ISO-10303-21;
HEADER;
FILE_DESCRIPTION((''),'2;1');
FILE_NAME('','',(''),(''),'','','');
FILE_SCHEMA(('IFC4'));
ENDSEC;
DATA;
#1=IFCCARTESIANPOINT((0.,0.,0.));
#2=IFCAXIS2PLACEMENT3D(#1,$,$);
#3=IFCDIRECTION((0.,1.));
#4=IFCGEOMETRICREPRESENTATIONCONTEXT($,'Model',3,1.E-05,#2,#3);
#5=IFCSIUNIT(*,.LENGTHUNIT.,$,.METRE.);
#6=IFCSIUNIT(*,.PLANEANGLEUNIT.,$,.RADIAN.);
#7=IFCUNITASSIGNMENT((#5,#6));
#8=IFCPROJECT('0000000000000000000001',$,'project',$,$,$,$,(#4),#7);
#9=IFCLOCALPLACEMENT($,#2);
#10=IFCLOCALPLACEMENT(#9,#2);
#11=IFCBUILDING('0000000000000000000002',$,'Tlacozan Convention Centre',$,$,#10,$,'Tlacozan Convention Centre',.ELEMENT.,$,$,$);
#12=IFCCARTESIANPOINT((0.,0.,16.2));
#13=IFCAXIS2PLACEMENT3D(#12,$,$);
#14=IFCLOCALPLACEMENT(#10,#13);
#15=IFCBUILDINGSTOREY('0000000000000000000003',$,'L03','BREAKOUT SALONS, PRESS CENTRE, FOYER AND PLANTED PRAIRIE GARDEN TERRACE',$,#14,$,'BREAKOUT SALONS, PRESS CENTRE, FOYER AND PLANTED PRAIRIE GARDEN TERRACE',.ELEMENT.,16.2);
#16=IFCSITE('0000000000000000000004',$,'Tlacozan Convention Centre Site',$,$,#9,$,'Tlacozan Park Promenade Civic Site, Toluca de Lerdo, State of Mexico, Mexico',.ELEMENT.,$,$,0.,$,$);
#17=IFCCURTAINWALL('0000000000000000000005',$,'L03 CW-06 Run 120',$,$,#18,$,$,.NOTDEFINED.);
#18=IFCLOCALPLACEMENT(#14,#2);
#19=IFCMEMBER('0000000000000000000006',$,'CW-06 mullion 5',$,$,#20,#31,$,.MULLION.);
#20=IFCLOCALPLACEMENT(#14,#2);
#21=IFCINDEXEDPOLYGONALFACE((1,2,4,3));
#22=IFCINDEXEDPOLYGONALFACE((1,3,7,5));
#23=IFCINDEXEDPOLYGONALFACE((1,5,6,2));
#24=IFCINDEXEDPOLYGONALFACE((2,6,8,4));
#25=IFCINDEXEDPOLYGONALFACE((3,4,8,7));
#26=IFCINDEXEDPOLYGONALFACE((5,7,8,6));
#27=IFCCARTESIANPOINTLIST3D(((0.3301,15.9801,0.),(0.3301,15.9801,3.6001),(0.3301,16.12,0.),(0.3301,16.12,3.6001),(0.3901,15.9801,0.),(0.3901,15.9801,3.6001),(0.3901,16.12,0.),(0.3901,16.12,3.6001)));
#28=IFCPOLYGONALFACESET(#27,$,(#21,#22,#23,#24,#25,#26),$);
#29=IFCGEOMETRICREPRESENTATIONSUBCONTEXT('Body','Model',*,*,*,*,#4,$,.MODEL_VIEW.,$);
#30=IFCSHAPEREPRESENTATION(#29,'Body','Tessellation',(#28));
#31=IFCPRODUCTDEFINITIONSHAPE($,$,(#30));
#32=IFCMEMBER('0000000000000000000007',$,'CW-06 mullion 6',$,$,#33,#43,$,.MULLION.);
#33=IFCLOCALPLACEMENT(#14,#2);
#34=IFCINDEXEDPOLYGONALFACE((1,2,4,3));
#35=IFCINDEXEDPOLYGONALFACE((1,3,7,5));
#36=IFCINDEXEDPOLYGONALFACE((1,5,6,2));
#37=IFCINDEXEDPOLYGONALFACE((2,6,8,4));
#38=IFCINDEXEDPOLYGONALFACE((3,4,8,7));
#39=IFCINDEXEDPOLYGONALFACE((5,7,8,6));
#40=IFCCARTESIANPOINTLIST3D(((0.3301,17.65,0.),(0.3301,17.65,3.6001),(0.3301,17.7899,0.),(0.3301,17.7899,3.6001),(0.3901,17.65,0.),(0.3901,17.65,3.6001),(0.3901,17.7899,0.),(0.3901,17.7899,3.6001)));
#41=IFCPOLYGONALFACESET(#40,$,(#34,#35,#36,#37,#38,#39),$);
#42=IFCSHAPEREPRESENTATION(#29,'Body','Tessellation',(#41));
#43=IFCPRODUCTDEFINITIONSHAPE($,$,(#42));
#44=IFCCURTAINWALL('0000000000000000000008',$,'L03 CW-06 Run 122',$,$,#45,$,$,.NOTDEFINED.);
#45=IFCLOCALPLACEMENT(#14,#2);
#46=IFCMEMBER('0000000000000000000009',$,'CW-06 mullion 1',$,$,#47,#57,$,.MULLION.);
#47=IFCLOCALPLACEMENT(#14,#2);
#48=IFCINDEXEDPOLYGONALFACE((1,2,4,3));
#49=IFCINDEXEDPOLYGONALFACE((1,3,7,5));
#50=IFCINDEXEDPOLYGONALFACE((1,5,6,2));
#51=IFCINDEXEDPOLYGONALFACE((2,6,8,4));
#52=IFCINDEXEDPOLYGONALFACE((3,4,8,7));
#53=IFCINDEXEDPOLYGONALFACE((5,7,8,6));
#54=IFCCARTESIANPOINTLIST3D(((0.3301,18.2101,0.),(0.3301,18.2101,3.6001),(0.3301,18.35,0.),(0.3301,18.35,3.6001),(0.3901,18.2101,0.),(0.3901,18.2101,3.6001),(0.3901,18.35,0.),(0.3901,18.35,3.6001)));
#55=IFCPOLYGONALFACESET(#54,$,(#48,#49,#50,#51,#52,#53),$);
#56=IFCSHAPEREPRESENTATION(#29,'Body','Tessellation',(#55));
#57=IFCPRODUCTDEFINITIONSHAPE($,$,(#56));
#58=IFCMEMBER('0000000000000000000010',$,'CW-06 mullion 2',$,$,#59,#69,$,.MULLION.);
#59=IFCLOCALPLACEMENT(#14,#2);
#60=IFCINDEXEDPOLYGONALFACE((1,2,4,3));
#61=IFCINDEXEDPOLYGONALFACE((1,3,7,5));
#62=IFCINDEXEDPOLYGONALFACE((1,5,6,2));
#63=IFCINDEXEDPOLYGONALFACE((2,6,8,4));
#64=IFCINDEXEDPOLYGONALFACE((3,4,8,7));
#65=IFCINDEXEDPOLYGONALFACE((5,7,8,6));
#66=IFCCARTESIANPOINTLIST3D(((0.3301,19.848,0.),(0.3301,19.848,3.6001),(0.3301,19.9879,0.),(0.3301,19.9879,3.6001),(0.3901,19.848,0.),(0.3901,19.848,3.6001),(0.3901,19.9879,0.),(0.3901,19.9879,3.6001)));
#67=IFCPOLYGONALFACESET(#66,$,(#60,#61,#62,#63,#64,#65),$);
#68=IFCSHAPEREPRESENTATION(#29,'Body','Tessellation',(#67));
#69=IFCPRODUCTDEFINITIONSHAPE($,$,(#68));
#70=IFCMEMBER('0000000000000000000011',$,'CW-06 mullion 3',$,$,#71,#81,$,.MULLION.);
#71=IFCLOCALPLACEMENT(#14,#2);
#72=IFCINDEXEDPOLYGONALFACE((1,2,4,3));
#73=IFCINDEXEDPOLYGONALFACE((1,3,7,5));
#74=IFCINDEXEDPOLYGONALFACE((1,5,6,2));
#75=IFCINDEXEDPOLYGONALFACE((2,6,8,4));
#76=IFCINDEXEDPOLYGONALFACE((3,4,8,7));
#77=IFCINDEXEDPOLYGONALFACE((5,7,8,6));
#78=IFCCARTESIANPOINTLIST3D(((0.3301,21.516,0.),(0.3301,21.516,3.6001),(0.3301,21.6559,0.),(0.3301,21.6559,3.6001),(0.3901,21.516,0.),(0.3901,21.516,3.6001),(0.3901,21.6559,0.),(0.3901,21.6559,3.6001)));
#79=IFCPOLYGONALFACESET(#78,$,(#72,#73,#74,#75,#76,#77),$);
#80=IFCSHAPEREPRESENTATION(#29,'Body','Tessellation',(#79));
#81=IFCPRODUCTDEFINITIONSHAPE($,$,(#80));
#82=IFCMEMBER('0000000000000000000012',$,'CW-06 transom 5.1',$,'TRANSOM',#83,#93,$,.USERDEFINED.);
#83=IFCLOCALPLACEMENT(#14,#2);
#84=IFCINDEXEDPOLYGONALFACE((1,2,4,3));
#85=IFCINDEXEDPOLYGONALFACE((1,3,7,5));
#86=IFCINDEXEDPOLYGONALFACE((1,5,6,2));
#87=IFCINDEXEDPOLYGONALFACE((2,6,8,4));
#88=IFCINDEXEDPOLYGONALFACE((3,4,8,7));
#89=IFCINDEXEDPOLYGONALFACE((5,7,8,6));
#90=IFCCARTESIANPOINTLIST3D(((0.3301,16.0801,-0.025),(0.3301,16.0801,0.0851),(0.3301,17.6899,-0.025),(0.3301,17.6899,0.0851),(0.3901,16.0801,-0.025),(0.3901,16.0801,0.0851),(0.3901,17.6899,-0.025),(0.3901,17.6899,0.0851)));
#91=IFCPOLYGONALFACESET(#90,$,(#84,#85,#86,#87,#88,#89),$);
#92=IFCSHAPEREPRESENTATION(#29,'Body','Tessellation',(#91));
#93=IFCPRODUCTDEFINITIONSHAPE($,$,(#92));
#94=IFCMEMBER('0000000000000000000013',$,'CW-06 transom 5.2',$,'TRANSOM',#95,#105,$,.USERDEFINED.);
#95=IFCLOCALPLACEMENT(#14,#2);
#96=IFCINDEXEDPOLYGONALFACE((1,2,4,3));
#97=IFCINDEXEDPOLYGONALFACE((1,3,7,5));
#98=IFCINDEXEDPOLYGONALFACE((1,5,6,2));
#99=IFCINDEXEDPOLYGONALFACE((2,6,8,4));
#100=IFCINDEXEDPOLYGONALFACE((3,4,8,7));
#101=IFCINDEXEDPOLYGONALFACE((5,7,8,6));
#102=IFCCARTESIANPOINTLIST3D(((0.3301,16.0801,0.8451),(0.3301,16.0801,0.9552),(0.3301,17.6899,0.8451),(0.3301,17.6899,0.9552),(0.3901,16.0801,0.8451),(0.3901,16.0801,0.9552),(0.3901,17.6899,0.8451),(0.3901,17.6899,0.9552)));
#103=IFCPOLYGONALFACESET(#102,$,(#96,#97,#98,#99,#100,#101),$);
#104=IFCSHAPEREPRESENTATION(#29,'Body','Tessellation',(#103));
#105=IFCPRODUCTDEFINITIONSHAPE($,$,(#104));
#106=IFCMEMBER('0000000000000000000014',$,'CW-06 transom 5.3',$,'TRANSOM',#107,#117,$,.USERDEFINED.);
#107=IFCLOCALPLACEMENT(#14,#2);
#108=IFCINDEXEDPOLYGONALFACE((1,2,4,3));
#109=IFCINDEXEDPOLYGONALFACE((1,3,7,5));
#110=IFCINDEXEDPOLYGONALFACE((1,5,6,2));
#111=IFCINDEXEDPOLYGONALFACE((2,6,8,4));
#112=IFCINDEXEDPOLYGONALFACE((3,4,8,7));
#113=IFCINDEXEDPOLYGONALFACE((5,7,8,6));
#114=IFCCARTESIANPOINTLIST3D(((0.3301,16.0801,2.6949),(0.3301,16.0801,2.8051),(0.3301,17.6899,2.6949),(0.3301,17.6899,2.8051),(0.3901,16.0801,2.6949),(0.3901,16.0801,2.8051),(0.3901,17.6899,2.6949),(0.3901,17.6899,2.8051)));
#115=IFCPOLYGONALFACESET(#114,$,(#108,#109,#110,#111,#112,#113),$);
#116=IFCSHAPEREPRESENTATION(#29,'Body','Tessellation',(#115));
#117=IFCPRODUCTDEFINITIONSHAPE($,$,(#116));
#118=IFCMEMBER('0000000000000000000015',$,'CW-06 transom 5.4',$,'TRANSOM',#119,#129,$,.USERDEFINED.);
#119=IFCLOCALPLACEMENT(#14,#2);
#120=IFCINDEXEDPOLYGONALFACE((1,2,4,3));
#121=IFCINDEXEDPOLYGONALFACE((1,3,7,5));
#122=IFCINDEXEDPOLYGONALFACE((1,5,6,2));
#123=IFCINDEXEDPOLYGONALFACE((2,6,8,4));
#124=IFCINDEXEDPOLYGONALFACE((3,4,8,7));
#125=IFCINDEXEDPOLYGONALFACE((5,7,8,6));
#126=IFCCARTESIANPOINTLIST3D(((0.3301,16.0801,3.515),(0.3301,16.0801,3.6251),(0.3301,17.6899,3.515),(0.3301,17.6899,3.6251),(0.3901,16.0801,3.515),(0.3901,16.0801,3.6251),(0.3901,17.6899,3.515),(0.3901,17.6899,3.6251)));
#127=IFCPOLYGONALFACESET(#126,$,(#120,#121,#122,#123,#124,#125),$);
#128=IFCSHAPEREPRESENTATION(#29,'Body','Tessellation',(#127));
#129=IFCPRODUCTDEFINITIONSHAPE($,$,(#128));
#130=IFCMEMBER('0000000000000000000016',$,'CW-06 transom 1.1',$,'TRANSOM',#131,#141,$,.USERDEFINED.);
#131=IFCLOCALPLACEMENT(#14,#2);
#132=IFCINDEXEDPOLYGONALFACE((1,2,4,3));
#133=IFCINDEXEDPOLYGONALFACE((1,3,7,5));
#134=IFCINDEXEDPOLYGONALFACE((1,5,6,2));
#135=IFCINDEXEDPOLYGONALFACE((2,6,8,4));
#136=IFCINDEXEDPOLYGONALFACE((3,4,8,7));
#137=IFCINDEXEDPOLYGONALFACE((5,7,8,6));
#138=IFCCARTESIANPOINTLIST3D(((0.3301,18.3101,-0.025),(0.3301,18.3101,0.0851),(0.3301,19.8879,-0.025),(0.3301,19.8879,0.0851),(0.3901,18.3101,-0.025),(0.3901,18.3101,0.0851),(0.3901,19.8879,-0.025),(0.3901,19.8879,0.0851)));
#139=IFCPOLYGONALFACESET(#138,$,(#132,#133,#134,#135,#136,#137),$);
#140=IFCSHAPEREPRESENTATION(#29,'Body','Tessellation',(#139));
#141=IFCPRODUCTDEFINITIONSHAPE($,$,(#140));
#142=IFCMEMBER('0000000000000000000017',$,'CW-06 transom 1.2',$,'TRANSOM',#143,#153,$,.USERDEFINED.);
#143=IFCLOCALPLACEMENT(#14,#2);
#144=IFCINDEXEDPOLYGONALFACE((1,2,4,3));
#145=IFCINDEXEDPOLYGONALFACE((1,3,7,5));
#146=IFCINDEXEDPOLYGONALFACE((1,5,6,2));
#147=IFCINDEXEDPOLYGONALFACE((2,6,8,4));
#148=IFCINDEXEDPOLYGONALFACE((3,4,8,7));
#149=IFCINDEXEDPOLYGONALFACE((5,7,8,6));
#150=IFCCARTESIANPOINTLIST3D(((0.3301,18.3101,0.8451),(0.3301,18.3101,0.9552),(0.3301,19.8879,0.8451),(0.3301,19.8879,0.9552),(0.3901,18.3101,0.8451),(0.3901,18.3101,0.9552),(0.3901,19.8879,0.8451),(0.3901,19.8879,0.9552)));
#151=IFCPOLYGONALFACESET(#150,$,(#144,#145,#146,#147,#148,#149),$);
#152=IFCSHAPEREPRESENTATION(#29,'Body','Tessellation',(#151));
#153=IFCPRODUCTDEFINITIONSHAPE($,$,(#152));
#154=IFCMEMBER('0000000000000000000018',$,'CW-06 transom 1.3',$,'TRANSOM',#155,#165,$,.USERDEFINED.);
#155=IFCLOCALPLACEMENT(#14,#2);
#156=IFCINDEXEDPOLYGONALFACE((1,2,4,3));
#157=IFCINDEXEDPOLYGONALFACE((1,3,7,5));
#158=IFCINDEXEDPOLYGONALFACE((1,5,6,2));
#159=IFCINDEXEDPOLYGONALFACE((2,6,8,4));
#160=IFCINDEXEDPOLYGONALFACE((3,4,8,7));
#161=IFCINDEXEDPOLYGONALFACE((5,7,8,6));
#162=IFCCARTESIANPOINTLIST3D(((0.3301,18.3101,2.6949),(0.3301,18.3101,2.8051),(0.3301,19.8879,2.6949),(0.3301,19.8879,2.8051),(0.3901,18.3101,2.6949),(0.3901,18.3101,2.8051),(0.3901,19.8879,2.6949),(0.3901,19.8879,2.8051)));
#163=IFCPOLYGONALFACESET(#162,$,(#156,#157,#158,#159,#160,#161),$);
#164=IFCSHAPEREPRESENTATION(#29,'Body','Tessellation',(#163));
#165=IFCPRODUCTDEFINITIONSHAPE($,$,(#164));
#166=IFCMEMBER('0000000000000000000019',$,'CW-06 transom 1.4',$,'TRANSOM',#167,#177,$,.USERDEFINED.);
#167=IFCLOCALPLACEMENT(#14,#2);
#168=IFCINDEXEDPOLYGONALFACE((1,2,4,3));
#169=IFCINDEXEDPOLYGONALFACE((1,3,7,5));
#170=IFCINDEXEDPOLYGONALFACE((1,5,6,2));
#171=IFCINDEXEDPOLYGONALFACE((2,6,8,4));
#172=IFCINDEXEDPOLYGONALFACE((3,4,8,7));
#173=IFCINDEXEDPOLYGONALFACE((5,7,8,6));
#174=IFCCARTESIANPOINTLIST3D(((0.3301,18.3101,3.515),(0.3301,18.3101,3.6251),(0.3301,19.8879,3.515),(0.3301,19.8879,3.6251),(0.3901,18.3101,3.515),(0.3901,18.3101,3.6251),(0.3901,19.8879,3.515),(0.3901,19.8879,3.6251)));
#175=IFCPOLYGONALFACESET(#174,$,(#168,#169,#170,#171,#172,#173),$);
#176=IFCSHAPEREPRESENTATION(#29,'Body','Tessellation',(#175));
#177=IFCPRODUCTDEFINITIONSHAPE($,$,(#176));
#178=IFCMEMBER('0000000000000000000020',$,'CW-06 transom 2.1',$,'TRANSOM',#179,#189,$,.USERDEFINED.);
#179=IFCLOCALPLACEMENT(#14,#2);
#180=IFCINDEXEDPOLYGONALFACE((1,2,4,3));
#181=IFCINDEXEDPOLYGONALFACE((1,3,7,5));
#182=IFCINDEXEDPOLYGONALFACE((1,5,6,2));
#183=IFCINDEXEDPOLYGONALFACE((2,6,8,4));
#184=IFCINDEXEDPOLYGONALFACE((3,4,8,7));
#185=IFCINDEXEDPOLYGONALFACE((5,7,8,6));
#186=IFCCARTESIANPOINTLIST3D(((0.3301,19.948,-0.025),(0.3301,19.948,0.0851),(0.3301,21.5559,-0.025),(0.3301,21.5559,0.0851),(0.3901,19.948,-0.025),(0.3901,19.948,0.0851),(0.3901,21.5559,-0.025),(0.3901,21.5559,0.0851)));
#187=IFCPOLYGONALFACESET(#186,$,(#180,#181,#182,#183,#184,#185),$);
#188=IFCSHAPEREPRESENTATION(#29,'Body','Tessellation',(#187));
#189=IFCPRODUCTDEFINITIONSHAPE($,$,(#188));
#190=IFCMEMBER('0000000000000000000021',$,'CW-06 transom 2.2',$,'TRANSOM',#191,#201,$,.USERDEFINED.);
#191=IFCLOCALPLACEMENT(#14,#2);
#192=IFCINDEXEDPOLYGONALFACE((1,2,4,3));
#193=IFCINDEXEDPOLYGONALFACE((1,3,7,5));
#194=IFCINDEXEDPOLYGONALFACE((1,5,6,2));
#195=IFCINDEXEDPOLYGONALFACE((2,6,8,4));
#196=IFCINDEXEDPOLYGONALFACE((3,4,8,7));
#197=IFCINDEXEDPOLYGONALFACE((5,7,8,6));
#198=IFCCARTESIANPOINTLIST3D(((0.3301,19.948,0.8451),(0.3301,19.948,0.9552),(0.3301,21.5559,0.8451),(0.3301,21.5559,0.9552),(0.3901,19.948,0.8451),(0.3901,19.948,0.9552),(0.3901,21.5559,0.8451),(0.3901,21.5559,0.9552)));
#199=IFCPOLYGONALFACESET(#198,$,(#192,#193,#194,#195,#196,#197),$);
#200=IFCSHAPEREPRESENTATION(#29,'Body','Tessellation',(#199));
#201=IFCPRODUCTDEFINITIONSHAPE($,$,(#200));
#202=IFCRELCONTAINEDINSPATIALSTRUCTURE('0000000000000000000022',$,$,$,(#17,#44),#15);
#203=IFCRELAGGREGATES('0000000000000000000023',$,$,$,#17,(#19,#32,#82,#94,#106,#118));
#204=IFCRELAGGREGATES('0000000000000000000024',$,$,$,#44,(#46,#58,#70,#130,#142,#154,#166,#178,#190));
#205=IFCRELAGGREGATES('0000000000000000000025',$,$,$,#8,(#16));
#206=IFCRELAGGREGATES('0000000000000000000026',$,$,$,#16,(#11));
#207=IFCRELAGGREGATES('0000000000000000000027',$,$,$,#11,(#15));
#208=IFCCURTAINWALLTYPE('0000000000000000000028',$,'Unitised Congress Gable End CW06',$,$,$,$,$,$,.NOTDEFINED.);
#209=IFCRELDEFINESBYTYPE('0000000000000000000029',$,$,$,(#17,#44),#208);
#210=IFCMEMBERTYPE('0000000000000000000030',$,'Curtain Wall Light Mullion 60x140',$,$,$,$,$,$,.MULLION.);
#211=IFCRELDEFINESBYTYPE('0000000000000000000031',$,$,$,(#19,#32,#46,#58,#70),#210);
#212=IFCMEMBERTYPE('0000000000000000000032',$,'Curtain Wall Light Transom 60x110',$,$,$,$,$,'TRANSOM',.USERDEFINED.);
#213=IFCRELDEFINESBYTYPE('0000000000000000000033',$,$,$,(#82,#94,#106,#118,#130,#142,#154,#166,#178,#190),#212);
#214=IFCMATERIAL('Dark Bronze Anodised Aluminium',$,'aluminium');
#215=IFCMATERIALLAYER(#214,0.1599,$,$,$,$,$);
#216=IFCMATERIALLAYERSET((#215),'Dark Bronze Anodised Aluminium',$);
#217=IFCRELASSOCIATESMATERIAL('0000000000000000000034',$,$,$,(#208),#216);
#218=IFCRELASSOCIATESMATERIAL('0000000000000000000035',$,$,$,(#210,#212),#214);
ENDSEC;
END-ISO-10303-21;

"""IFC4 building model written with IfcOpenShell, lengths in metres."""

from ifc_helpers import new_model, si_unit, direction, frame, origin, origin_2d, place, context, subcontext, project, spatial, rectangle, extrude, material, layer, layer_set, material_profile, profile_set, type_object, element, aggregate, save


model = new_model("IFC4")

# Units and contexts
model_context = context("Model", 3, precision=1e-05, world=origin(), true_north=direction((0.0, 1.0)))
body_context = subcontext(model_context, "Body", "Model", "MODEL_VIEW")
ifc_project = project(units=[si_unit("LENGTHUNIT", "METRE"), si_unit("PLANEANGLEUNIT", "RADIAN")], contexts=[model_context])

# Site, building, storey
site_placement = place(None, origin())
site = spatial("IfcSite", under=ifc_project, at=site_placement, Name="Tlacozan Convention Centre Site", LongName="Tlacozan Park Promenade Civic Site, Toluca de Lerdo, State of Mexico, Mexico", CompositionType="ELEMENT", RefElevation=0.0)
building_placement = place(site_placement, origin())
building = spatial("IfcBuilding", under=site, at=building_placement, Name="Tlacozan Convention Centre", LongName="Tlacozan Convention Centre", CompositionType="ELEMENT")
storey_placement = place(building_placement, frame((0.0, 0.0, 16.2)))
storey = spatial("IfcBuildingStorey", under=building, at=storey_placement, Name="L03", Description="BREAKOUT SALONS, PRESS CENTRE, FOYER AND PLANTED PRAIRIE GARDEN TERRACE", LongName="BREAKOUT SALONS, PRESS CENTRE, FOYER AND PLANTED PRAIRIE GARDEN TERRACE", CompositionType="ELEMENT", Elevation=16.2)

# Curtain walls, members
ifc_material_1 = material(Name="Dark Bronze Anodised Aluminium", Category="aluminium")
ifc_layer_1 = layer(ifc_material_1, 0.1599)
ifc_layer_set_1 = layer_set([ifc_layer_1], Name="Dark Bronze Anodised Aluminium")
curtain_wall_type = type_object("IfcCurtainWallType", Name="Unitised Congress Gable End CW06", PredefinedType="NOTDEFINED", material=ifc_layer_set_1)
curtain_wall_1_placement = place(storey_placement, origin())
curtain_wall_1 = element("IfcCurtainWall", 1, at=curtain_wall_1_placement, inside=storey, type_object=curtain_wall_type, Name="L03 CW-06 Run 120", PredefinedType="NOTDEFINED")
ifc_material_profile_1 = material_profile(ifc_material_1, rectangle(XDim=0.0601, YDim=0.1399, at=origin_2d()), Name="ALU 60x140")
ifc_profile_set_1 = profile_set([ifc_material_profile_1], Name="Dark Bronze Anodised Aluminium")
member_type_1 = type_object("IfcMemberType", Name="Curtain Wall Light Mullion 60x140", PredefinedType="MULLION", material=ifc_profile_set_1)
member_1_placement = place(storey_placement, frame((0.3601, 16.05, 0.0), z_axis=(0.0, 0.0, 1.0), x_axis=(-1.0, 0.0, 0.0)))
member_1 = element("IfcMember", 2, at=member_1_placement, type_object=member_type_1, Name="CW-06 mullion 5", PredefinedType="MULLION", context=body_context, shape_type="SweptSolid", body=[
    extrude(rectangle(XDim=0.0601, YDim=0.1399, at=origin_2d()), origin(), (0.0, 0.0, 1.0), 3.6001),
])
member_2_placement = place(storey_placement, frame((0.3601, 17.72, 0.0), z_axis=(0.0, 0.0, 1.0), x_axis=(-1.0, 0.0, 0.0)))
member_2 = element("IfcMember", 3, at=member_2_placement, type_object=member_type_1, Name="CW-06 mullion 6", PredefinedType="MULLION", context=body_context, shape_type="SweptSolid", body=[
    extrude(rectangle(XDim=0.0601, YDim=0.1399, at=origin_2d()), origin(), (0.0, 0.0, 1.0), 3.6001),
])
curtain_wall_2_placement = place(storey_placement, origin())
curtain_wall_2 = element("IfcCurtainWall", 4, at=curtain_wall_2_placement, inside=storey, type_object=curtain_wall_type, Name="L03 CW-06 Run 122", PredefinedType="NOTDEFINED")
member_3_placement = place(storey_placement, frame((0.3601, 18.28, 0.0), z_axis=(0.0, 0.0, 1.0), x_axis=(-1.0, 0.0, 0.0)))
member_3 = element("IfcMember", 5, at=member_3_placement, type_object=member_type_1, Name="CW-06 mullion 1", PredefinedType="MULLION", context=body_context, shape_type="SweptSolid", body=[
    extrude(rectangle(XDim=0.0601, YDim=0.1399, at=origin_2d()), origin(), (0.0, 0.0, 1.0), 3.6001),
])
member_4_placement = place(storey_placement, frame((0.3601, 19.918, 0.0), z_axis=(0.0, 0.0, 1.0), x_axis=(-1.0, 0.0, 0.0)))
member_4 = element("IfcMember", 6, at=member_4_placement, type_object=member_type_1, Name="CW-06 mullion 2", PredefinedType="MULLION", context=body_context, shape_type="SweptSolid", body=[
    extrude(rectangle(XDim=0.0601, YDim=0.1399, at=origin_2d()), origin(), (0.0, 0.0, 1.0), 3.6001),
])
member_5_placement = place(storey_placement, frame((0.3601, 21.5859, 0.0), z_axis=(0.0, 0.0, 1.0), x_axis=(-1.0, 0.0, 0.0)))
member_5 = element("IfcMember", 7, at=member_5_placement, type_object=member_type_1, Name="CW-06 mullion 3", PredefinedType="MULLION", context=body_context, shape_type="SweptSolid", body=[
    extrude(rectangle(XDim=0.0601, YDim=0.1399, at=origin_2d()), origin(), (0.0, 0.0, 1.0), 3.6001),
])

# Members
ifc_material_profile_2 = material_profile(ifc_material_1, rectangle(XDim=0.0601, YDim=0.1101, at=origin_2d()), Name="ALU 60x110")
ifc_profile_set_2 = profile_set([ifc_material_profile_2], Name="Dark Bronze Anodised Aluminium")
member_type_2 = type_object("IfcMemberType", Name="Curtain Wall Light Transom 60x110", ElementType="TRANSOM", PredefinedType="USERDEFINED", material=ifc_profile_set_2)
member_6_placement = place(storey_placement, frame((0.3601, 16.0801, 0.03), z_axis=(0.0, 1.0, 0.0), x_axis=(-1.0, 0.0, 0.0)))
member_6 = element("IfcMember", 8, at=member_6_placement, type_object=member_type_2, Name="CW-06 transom 5.1", ObjectType="TRANSOM", PredefinedType="USERDEFINED", context=body_context, shape_type="SweptSolid", body=[
    extrude(rectangle(XDim=0.0601, YDim=0.1101, at=origin_2d()), origin(), (0.0, 0.0, 1.0), 1.6099),
])
member_7_placement = place(storey_placement, frame((0.3601, 16.0801, 0.9001), z_axis=(0.0, 1.0, 0.0), x_axis=(-1.0, 0.0, 0.0)))
member_7 = element("IfcMember", 9, at=member_7_placement, type_object=member_type_2, Name="CW-06 transom 5.2", ObjectType="TRANSOM", PredefinedType="USERDEFINED", context=body_context, shape_type="SweptSolid", body=[
    extrude(rectangle(XDim=0.0601, YDim=0.1101, at=origin_2d()), origin(), (0.0, 0.0, 1.0), 1.6099),
])
member_8_placement = place(storey_placement, frame((0.3601, 16.0801, 2.75), z_axis=(0.0, 1.0, 0.0), x_axis=(-1.0, 0.0, 0.0)))
member_8 = element("IfcMember", 10, at=member_8_placement, type_object=member_type_2, Name="CW-06 transom 5.3", ObjectType="TRANSOM", PredefinedType="USERDEFINED", context=body_context, shape_type="SweptSolid", body=[
    extrude(rectangle(XDim=0.0601, YDim=0.1101, at=origin_2d()), origin(), (0.0, 0.0, 1.0), 1.6099),
])
member_9_placement = place(storey_placement, frame((0.3601, 16.0801, 3.5701), z_axis=(0.0, 1.0, 0.0), x_axis=(-1.0, 0.0, 0.0)))
member_9 = element("IfcMember", 11, at=member_9_placement, type_object=member_type_2, Name="CW-06 transom 5.4", ObjectType="TRANSOM", PredefinedType="USERDEFINED", context=body_context, shape_type="SweptSolid", body=[
    extrude(rectangle(XDim=0.0601, YDim=0.1101, at=origin_2d()), origin(), (0.0, 0.0, 1.0), 1.6099),
])
member_10_placement = place(storey_placement, frame((0.3601, 18.3101, 0.03), z_axis=(0.0, 1.0, 0.0), x_axis=(-1.0, 0.0, 0.0)))
member_10 = element("IfcMember", 12, at=member_10_placement, type_object=member_type_2, Name="CW-06 transom 1.1", ObjectType="TRANSOM", PredefinedType="USERDEFINED", context=body_context, shape_type="SweptSolid", body=[
    extrude(rectangle(XDim=0.0601, YDim=0.1101, at=origin_2d()), origin(), (0.0, 0.0, 1.0), 1.5779),
])
member_11_placement = place(storey_placement, frame((0.3601, 18.3101, 0.9001), z_axis=(0.0, 1.0, 0.0), x_axis=(-1.0, 0.0, 0.0)))
member_11 = element("IfcMember", 13, at=member_11_placement, type_object=member_type_2, Name="CW-06 transom 1.2", ObjectType="TRANSOM", PredefinedType="USERDEFINED", context=body_context, shape_type="SweptSolid", body=[
    extrude(rectangle(XDim=0.0601, YDim=0.1101, at=origin_2d()), origin(), (0.0, 0.0, 1.0), 1.5779),
])
member_12_placement = place(storey_placement, frame((0.3601, 18.3101, 2.75), z_axis=(0.0, 1.0, 0.0), x_axis=(-1.0, 0.0, 0.0)))
member_12 = element("IfcMember", 14, at=member_12_placement, type_object=member_type_2, Name="CW-06 transom 1.3", ObjectType="TRANSOM", PredefinedType="USERDEFINED", context=body_context, shape_type="SweptSolid", body=[
    extrude(rectangle(XDim=0.0601, YDim=0.1101, at=origin_2d()), origin(), (0.0, 0.0, 1.0), 1.5779),
])
member_13_placement = place(storey_placement, frame((0.3601, 18.3101, 3.5701), z_axis=(0.0, 1.0, 0.0), x_axis=(-1.0, 0.0, 0.0)))
member_13 = element("IfcMember", 15, at=member_13_placement, type_object=member_type_2, Name="CW-06 transom 1.4", ObjectType="TRANSOM", PredefinedType="USERDEFINED", context=body_context, shape_type="SweptSolid", body=[
    extrude(rectangle(XDim=0.0601, YDim=0.1101, at=origin_2d()), origin(), (0.0, 0.0, 1.0), 1.5779),
])
member_14_placement = place(storey_placement, frame((0.3601, 19.948, 0.03), z_axis=(0.0, 1.0, 0.0), x_axis=(-1.0, 0.0, 0.0)))
member_14 = element("IfcMember", 16, at=member_14_placement, type_object=member_type_2, Name="CW-06 transom 2.1", ObjectType="TRANSOM", PredefinedType="USERDEFINED", context=body_context, shape_type="SweptSolid", body=[
    extrude(rectangle(XDim=0.0601, YDim=0.1101, at=origin_2d()), origin(), (0.0, 0.0, 1.0), 1.6079),
])
member_15_placement = place(storey_placement, frame((0.3601, 19.948, 0.9001), z_axis=(0.0, 1.0, 0.0), x_axis=(-1.0, 0.0, 0.0)))
member_15 = element("IfcMember", 17, at=member_15_placement, type_object=member_type_2, Name="CW-06 transom 2.2", ObjectType="TRANSOM", PredefinedType="USERDEFINED", context=body_context, shape_type="SweptSolid", body=[
    extrude(rectangle(XDim=0.0601, YDim=0.1101, at=origin_2d()), origin(), (0.0, 0.0, 1.0), 1.6079),
])

aggregate(curtain_wall_1, [member_1, member_2, member_6, member_7, member_8, member_9])
aggregate(curtain_wall_2, [member_3, member_4, member_5, member_10, member_11, member_12, member_13, member_14, member_15])

save(model, "model.ifc")
